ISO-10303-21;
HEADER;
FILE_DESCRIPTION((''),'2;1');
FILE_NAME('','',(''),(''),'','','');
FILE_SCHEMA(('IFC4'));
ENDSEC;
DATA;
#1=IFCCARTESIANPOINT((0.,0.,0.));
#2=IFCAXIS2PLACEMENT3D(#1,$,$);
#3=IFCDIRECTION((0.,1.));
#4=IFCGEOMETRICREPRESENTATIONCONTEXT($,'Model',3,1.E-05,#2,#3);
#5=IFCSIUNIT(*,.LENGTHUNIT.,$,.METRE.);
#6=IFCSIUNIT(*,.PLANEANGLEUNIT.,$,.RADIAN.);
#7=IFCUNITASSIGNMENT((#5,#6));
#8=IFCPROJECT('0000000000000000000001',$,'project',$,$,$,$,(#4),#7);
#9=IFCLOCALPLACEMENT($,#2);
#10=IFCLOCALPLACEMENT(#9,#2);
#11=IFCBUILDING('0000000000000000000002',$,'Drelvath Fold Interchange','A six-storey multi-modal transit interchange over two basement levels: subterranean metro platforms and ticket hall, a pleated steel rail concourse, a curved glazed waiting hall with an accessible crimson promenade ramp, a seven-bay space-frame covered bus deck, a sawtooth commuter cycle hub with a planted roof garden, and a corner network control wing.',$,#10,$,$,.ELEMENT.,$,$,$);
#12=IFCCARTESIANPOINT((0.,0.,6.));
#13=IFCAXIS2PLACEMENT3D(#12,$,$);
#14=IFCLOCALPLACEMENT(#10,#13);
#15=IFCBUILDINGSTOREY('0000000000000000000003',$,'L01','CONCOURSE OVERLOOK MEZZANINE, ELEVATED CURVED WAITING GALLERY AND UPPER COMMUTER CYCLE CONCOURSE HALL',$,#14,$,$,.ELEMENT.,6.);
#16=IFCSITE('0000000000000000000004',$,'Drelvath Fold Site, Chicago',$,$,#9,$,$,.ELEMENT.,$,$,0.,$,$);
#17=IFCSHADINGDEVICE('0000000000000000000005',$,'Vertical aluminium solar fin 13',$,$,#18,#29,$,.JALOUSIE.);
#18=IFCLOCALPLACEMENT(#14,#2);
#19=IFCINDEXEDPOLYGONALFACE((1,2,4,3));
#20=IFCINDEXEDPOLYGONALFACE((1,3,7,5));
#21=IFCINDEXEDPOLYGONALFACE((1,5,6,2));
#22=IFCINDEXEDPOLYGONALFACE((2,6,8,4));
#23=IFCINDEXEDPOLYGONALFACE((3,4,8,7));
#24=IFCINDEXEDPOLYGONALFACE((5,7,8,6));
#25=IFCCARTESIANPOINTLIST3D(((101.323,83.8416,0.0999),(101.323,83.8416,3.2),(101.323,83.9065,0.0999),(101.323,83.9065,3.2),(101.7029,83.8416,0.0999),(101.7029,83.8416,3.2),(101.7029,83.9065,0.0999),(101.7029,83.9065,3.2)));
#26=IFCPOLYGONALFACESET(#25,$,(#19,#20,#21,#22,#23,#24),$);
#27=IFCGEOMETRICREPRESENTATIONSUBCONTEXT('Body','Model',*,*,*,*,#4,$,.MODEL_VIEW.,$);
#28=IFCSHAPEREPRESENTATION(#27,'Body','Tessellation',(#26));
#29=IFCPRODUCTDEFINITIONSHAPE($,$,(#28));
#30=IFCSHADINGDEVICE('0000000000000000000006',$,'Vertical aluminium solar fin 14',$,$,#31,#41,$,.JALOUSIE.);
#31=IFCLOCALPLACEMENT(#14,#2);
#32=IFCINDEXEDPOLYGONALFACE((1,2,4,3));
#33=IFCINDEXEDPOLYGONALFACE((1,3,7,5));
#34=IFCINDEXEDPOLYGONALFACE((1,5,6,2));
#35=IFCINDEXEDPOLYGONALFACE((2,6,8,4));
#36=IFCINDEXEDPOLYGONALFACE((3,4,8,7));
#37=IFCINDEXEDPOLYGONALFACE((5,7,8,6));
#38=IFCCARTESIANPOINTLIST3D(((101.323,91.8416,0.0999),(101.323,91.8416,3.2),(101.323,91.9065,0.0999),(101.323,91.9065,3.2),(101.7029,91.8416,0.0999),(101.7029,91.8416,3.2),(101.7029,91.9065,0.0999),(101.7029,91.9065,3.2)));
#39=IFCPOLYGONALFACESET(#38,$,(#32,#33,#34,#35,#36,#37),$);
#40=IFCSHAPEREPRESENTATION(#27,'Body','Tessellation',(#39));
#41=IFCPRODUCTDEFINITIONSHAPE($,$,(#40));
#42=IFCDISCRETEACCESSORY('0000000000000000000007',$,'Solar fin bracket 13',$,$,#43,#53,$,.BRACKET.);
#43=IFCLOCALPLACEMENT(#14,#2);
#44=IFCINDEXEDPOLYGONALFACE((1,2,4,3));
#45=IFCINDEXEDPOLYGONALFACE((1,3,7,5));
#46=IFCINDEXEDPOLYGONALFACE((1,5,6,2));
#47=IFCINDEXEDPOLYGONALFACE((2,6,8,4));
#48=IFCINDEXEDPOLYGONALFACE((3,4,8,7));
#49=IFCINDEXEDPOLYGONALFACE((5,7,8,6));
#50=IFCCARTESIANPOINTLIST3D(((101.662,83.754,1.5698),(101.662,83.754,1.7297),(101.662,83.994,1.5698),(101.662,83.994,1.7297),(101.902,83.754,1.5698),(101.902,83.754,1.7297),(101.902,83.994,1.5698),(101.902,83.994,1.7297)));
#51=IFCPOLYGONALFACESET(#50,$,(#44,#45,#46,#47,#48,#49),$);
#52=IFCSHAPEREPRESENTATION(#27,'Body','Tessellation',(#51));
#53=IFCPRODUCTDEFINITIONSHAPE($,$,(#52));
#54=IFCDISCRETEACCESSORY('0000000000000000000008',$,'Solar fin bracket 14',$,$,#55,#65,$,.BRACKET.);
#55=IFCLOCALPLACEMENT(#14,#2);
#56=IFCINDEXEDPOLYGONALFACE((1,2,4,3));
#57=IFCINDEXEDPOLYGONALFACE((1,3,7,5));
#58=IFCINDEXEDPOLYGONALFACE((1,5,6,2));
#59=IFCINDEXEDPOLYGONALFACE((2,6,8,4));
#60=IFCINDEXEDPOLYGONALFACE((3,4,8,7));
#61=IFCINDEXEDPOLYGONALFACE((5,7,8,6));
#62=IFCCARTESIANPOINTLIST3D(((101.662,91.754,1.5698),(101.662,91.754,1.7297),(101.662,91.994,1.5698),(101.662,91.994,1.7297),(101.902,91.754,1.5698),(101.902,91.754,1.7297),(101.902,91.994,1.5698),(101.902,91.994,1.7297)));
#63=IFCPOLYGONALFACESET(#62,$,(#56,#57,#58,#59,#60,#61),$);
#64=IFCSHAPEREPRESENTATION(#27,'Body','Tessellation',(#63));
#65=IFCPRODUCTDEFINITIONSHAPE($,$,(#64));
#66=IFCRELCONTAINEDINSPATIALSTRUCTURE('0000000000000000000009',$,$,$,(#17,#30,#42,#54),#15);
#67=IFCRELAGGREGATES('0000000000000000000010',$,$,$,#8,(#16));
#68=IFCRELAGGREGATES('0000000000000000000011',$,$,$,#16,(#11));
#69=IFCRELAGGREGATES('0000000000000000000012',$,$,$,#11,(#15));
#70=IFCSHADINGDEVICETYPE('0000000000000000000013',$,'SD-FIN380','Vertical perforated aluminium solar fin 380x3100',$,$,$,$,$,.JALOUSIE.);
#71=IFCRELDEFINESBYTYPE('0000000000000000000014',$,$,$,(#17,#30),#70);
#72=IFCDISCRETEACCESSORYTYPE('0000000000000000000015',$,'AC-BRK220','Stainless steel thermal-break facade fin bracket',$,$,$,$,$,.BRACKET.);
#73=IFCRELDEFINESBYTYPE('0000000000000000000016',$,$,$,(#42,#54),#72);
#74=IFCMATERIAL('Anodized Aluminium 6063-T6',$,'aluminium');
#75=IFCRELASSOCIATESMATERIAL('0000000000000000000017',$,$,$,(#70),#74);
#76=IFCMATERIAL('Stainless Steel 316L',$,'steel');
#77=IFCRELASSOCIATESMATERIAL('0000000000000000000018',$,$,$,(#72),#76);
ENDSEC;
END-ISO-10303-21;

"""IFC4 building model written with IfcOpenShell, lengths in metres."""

from ifc_helpers import new_model, si_unit, direction, frame, origin, origin_2d, place, context, subcontext, project, spatial, rectangle, extrude, material, type_object, element, save


model = new_model("IFC4")

# Units and contexts
model_context = context("Model", 3, precision=1e-05, world=origin(), true_north=direction((0.0, 1.0)))
body_context = subcontext(model_context, "Body", "Model", "MODEL_VIEW")
ifc_project = project(units=[si_unit("LENGTHUNIT", "METRE"), si_unit("PLANEANGLEUNIT", "RADIAN")], contexts=[model_context])

# Site, building, storey
site_placement = place(None, origin())
site = spatial("IfcSite", under=ifc_project, at=site_placement, Name="Drelvath Fold Site, Chicago", CompositionType="ELEMENT", RefElevation=0.0)
building_placement = place(site_placement, origin())
building = spatial("IfcBuilding", under=site, at=building_placement, Name="Drelvath Fold Interchange", Description="A six-storey multi-modal transit interchange over two basement levels: subterranean metro platforms and ticket hall, a pleated steel rail concourse, a curved glazed waiting hall with an accessible crimson promenade ramp, a seven-bay space-frame covered bus deck, a sawtooth commuter cycle hub with a planted roof garden, and a corner network control wing.", CompositionType="ELEMENT")
storey_placement = place(building_placement, frame((0.0, 0.0, 6.0)))
storey = spatial("IfcBuildingStorey", under=building, at=storey_placement, Name="L01", Description="CONCOURSE OVERLOOK MEZZANINE, ELEVATED CURVED WAITING GALLERY AND UPPER COMMUTER CYCLE CONCOURSE HALL", CompositionType="ELEMENT", Elevation=6.0)

# Shared definitions
ifc_material_1 = material(Name="Stainless Steel 316L", Category="steel")

# Shading devices
ifc_material_2 = material(Name="Anodized Aluminium 6063-T6", Category="aluminium")
shading_device_type = type_object("IfcShadingDeviceType", Name="SD-FIN380", Description="Vertical perforated aluminium solar fin 380x3100", PredefinedType="JALOUSIE", material=ifc_material_2)
for number, where, z_axis, x_axis, name in (
    (1, (101.5129, 83.874, 0.0999), (0.0, 0.0, 1.0), (1.0, 0.0, 0.0), "Vertical aluminium solar fin 13"),
    (2, (101.5129, 91.874, 0.0999), (0.0, 0.0, 1.0), (1.0, 0.0, 0.0), "Vertical aluminium solar fin 14"),
):
    element("IfcShadingDevice", number, at=place(storey_placement, frame(where, z_axis=z_axis, x_axis=x_axis)), inside=storey, type_object=shading_device_type, Name=name, PredefinedType="JALOUSIE", context=body_context, shape_type="SweptSolid", body=[
        extrude(rectangle(XDim=0.3799, YDim=0.0649, at=origin_2d()), origin(), (0.0, 0.0, 1.0), 3.1001),
    ])

# Discrete accessories
discrete_accessory_type = type_object("IfcDiscreteAccessoryType", Name="AC-BRK220", Description="Stainless steel thermal-break facade fin bracket", PredefinedType="BRACKET", material=ifc_material_1)
for number, where, z_axis, x_axis, name in (
    (3, (101.782, 83.874, 1.5698), (0.0, 0.0, 1.0), (1.0, 0.0, 0.0), "Solar fin bracket 13"),
    (4, (101.782, 91.874, 1.5698), (0.0, 0.0, 1.0), (1.0, 0.0, 0.0), "Solar fin bracket 14"),
):
    element("IfcDiscreteAccessory", number, at=place(storey_placement, frame(where, z_axis=z_axis, x_axis=x_axis)), inside=storey, type_object=discrete_accessory_type, Name=name, PredefinedType="BRACKET", context=body_context, shape_type="SweptSolid", body=[
        extrude(rectangle(XDim=0.24, YDim=0.24, at=origin_2d()), origin(), (0.0, 0.0, 1.0), 0.1599),
    ])

save(model, "model.ifc")
